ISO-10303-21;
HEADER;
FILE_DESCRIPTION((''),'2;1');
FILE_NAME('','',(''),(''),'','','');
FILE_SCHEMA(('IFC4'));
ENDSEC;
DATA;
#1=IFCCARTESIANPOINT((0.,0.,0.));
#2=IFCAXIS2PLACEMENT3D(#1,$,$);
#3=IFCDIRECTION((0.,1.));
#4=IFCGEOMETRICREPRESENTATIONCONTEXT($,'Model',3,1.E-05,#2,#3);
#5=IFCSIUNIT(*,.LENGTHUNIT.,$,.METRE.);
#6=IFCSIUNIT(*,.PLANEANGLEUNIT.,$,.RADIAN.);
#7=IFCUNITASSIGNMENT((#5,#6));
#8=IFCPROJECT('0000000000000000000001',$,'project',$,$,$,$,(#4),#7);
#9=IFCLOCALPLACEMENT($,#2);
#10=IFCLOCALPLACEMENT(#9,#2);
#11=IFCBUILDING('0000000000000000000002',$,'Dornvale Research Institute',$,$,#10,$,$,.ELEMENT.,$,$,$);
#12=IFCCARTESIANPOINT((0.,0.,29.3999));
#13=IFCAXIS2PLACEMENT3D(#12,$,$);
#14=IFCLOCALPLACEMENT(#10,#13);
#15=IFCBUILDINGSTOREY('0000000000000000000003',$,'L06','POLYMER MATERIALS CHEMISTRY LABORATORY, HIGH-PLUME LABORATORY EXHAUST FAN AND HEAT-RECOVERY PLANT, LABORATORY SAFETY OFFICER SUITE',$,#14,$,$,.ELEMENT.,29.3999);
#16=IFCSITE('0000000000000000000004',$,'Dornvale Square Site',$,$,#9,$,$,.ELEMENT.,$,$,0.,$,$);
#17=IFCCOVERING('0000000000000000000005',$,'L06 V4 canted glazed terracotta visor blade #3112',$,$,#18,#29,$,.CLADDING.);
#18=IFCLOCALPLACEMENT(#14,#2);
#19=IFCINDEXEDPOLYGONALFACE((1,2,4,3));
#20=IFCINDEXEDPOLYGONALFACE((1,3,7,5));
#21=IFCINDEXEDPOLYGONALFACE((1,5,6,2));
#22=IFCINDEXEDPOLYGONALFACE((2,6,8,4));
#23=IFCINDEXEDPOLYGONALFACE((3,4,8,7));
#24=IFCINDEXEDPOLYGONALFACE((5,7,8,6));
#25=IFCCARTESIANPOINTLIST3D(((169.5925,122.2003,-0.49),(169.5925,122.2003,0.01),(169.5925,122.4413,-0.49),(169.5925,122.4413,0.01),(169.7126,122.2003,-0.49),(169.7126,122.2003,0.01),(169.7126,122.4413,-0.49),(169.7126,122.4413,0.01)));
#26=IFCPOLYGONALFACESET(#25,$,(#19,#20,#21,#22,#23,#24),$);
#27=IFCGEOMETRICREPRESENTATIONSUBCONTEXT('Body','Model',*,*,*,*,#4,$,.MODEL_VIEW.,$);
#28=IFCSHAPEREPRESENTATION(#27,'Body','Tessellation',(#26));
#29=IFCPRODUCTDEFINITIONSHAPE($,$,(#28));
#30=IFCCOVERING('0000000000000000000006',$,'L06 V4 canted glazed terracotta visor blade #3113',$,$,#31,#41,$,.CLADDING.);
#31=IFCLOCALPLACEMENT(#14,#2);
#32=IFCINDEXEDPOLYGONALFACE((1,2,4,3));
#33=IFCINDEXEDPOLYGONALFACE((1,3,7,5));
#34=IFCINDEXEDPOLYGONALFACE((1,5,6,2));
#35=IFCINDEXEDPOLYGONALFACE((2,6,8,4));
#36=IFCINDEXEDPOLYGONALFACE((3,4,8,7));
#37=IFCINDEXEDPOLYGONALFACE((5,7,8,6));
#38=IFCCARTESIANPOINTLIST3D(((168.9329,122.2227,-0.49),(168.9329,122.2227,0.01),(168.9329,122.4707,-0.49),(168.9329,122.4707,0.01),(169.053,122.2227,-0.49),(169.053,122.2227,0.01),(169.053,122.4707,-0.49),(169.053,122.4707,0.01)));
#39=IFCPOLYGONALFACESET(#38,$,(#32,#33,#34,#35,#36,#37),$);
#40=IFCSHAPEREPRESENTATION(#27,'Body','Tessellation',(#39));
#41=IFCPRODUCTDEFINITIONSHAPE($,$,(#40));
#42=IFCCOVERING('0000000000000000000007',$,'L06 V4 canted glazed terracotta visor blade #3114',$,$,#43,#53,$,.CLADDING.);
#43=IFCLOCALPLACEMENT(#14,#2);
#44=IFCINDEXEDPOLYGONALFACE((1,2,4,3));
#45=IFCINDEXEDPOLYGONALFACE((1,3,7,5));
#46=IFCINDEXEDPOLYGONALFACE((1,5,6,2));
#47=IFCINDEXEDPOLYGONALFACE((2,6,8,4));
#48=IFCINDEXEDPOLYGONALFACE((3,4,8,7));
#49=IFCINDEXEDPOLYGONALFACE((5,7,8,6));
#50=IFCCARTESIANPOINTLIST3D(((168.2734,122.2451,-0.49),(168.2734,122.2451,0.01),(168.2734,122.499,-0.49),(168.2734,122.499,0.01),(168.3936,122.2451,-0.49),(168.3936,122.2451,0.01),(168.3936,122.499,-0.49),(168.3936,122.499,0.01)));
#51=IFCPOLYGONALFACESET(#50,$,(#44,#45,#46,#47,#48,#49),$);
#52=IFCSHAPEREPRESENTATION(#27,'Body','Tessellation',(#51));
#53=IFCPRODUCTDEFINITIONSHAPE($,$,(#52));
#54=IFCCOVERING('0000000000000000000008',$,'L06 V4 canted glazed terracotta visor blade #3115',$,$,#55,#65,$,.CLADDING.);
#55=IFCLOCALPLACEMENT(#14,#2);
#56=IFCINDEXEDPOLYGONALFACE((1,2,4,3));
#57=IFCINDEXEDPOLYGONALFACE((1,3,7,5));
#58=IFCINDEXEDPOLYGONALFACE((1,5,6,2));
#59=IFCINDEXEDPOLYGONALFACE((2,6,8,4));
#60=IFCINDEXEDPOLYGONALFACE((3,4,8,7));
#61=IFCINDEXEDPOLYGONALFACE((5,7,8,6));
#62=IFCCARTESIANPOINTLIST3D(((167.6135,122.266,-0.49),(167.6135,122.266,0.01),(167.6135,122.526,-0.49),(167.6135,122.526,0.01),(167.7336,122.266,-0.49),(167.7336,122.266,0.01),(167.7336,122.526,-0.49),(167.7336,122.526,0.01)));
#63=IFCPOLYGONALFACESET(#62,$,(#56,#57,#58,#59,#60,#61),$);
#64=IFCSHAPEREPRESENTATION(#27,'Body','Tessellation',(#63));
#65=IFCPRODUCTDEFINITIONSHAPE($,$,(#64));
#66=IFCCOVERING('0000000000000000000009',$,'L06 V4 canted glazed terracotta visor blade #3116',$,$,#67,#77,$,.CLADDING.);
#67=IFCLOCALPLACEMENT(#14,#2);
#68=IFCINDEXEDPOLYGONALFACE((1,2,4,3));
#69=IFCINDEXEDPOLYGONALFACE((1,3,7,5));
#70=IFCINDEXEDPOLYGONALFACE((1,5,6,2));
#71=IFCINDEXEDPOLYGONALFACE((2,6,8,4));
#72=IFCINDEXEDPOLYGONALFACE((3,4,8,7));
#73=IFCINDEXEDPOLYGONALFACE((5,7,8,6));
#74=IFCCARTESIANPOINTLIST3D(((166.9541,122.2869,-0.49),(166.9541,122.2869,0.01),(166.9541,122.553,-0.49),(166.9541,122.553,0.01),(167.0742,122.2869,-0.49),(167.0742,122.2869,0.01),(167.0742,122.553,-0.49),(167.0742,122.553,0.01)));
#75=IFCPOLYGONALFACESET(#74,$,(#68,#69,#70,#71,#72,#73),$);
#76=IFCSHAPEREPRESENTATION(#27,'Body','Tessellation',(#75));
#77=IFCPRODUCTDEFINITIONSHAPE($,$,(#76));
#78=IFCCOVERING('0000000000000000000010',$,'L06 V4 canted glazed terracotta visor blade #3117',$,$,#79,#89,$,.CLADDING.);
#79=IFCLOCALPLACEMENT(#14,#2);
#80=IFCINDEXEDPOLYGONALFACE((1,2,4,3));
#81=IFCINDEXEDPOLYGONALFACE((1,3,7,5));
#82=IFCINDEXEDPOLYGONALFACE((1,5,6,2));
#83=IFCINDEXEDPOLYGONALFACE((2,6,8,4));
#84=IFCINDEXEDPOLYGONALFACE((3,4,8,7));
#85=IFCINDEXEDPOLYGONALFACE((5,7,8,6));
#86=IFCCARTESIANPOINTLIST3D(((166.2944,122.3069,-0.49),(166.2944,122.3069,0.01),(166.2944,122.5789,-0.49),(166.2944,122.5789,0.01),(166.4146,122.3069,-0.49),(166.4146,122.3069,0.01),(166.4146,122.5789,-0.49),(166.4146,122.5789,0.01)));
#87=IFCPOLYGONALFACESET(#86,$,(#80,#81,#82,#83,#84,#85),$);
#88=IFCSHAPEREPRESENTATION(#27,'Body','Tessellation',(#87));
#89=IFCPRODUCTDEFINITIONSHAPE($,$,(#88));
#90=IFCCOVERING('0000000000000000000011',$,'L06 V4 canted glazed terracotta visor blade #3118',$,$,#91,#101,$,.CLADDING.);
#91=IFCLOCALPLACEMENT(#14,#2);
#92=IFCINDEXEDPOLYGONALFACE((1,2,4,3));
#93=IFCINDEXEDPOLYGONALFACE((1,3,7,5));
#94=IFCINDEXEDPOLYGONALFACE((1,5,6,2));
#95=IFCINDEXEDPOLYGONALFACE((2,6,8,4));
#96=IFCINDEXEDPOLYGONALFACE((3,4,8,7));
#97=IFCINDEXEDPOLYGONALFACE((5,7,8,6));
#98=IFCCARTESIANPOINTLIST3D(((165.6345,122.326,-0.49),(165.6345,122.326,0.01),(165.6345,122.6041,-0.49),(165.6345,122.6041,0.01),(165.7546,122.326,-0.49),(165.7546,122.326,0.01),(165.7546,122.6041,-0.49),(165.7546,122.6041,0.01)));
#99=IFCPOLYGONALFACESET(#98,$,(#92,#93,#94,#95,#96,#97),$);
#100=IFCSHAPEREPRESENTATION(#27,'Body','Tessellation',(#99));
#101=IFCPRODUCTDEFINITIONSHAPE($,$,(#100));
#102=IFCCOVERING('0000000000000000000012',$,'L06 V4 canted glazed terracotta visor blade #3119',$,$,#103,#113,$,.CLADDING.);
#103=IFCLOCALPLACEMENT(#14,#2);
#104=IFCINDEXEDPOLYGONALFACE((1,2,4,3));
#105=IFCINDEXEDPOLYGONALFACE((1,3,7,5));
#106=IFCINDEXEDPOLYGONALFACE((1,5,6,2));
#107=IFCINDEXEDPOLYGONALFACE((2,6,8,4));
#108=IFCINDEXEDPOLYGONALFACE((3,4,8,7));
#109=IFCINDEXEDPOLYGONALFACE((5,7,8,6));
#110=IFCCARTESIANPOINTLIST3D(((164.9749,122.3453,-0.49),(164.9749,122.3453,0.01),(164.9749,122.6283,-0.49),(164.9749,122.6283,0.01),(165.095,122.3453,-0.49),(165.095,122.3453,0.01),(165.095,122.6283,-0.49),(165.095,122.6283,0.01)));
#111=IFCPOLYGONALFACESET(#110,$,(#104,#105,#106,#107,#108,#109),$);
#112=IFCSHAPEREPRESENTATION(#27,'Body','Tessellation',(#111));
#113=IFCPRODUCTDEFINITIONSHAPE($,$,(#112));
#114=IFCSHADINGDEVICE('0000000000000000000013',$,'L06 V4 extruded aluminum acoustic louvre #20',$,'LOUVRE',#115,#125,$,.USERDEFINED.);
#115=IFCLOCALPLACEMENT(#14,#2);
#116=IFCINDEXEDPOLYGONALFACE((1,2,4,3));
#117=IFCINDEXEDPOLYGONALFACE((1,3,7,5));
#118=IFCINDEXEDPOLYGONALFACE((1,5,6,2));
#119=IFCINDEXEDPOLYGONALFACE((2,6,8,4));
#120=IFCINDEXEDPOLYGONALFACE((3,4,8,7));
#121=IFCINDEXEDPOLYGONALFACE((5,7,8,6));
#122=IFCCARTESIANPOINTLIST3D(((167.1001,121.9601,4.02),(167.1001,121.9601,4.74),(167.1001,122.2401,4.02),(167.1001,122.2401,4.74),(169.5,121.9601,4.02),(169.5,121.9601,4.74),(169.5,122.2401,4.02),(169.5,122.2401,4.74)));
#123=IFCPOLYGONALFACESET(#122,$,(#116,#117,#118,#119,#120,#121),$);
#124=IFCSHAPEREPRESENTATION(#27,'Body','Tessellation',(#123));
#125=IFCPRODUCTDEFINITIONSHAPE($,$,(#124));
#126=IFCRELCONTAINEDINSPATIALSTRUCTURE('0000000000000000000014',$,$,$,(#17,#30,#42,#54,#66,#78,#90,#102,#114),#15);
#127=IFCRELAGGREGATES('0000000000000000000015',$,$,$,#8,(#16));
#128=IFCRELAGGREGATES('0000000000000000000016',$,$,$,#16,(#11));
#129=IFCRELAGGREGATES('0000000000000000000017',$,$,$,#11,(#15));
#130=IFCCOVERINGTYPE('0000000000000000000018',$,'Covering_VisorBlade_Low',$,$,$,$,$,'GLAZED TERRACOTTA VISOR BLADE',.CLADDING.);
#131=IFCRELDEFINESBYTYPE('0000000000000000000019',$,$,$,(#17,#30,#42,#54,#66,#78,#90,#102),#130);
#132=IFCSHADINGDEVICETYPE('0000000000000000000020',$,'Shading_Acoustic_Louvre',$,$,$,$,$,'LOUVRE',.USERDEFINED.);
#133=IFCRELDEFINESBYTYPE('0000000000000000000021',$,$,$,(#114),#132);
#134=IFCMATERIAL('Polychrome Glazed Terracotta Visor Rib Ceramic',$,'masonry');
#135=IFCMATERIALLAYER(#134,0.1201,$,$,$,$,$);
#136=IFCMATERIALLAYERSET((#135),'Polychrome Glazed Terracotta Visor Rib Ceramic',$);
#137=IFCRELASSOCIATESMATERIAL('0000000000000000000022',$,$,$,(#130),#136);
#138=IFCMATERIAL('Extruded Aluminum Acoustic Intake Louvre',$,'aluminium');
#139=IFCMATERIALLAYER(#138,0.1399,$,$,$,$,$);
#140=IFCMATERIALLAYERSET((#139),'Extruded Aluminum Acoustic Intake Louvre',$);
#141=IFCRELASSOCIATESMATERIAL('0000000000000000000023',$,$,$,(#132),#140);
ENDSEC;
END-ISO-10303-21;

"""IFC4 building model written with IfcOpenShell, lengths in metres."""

from ifc_helpers import new_model, si_unit, direction, frame, origin, origin_2d, place, context, subcontext, project, spatial, rectangle, extrude, material, layer, layer_set, type_object, element, save


model = new_model("IFC4")

# Units and contexts
model_context = context("Model", 3, precision=1e-05, world=origin(), true_north=direction((0.0, 1.0)))
body_context = subcontext(model_context, "Body", "Model", "MODEL_VIEW")
ifc_project = project(units=[si_unit("LENGTHUNIT", "METRE"), si_unit("PLANEANGLEUNIT", "RADIAN")], contexts=[model_context])

# Site, building, storey
site_placement = place(None, origin())
site = spatial("IfcSite", under=ifc_project, at=site_placement, Name="Dornvale Square Site", CompositionType="ELEMENT", RefElevation=0.0)
building_placement = place(site_placement, origin())
building = spatial("IfcBuilding", under=site, at=building_placement, Name="Dornvale Research Institute", CompositionType="ELEMENT")
storey_placement = place(building_placement, frame((0.0, 0.0, 29.3999)))
storey = spatial("IfcBuildingStorey", under=building, at=storey_placement, Name="L06", Description="POLYMER MATERIALS CHEMISTRY LABORATORY, HIGH-PLUME LABORATORY EXHAUST FAN AND HEAT-RECOVERY PLANT, LABORATORY SAFETY OFFICER SUITE", CompositionType="ELEMENT", Elevation=29.3999)

# Coverings
ifc_material_1 = material(Name="Polychrome Glazed Terracotta Visor Rib Ceramic", Category="masonry")
ifc_layer_1 = layer(ifc_material_1, 0.1201)
ifc_layer_set_1 = layer_set([ifc_layer_1], Name="Polychrome Glazed Terracotta Visor Rib Ceramic")
covering_type = type_object("IfcCoveringType", Name="Covering_VisorBlade_Low", ElementType="GLAZED TERRACOTTA VISOR BLADE", PredefinedType="CLADDING", material=ifc_layer_set_1)
covering_1_placement = place(storey_placement, frame((169.6526, 122.3208, -0.49), z_axis=(0.0, 0.0, 1.0), x_axis=(0.0, 1.0, 0.0)))
element("IfcCovering", 1, at=covering_1_placement, inside=storey, type_object=covering_type, Name="L06 V4 canted glazed terracotta visor blade #3112", PredefinedType="CLADDING", context=body_context, shape_type="SweptSolid", body=[
    extrude(rectangle(XDim=0.241, YDim=0.1201, at=origin_2d()), origin(), (0.0, 0.0, 1.0), 0.5),
])
covering_2_placement = place(storey_placement, frame((168.9929, 122.3467, -0.49), z_axis=(0.0, 0.0, 1.0), x_axis=(0.0, 1.0, 0.0)))
element("IfcCovering", 2, at=covering_2_placement, inside=storey, type_object=covering_type, Name="L06 V4 canted glazed terracotta visor blade #3113", PredefinedType="CLADDING", context=body_context, shape_type="SweptSolid", body=[
    extrude(rectangle(XDim=0.248, YDim=0.1201, at=origin_2d()), origin(), (0.0, 0.0, 1.0), 0.5),
])
covering_3_placement = place(storey_placement, frame((168.3335, 122.3721, -0.49), z_axis=(0.0, 0.0, 1.0), x_axis=(0.0, 1.0, 0.0)))
element("IfcCovering", 3, at=covering_3_placement, inside=storey, type_object=covering_type, Name="L06 V4 canted glazed terracotta visor blade #3114", PredefinedType="CLADDING", context=body_context, shape_type="SweptSolid", body=[
    extrude(rectangle(XDim=0.2539, YDim=0.1201, at=origin_2d()), origin(), (0.0, 0.0, 1.0), 0.5),
])
covering_4_placement = place(storey_placement, frame((167.6736, 122.396, -0.49), z_axis=(0.0, 0.0, 1.0), x_axis=(0.0, 1.0, 0.0)))
element("IfcCovering", 4, at=covering_4_placement, inside=storey, type_object=covering_type, Name="L06 V4 canted glazed terracotta visor blade #3115", PredefinedType="CLADDING", context=body_context, shape_type="SweptSolid", body=[
    extrude(rectangle(XDim=0.26, YDim=0.1201, at=origin_2d()), origin(), (0.0, 0.0, 1.0), 0.5),
])
covering_5_placement = place(storey_placement, frame((167.0142, 122.4199, -0.49), z_axis=(0.0, 0.0, 1.0), x_axis=(0.0, 1.0, 0.0)))
element("IfcCovering", 5, at=covering_5_placement, inside=storey, type_object=covering_type, Name="L06 V4 canted glazed terracotta visor blade #3116", PredefinedType="CLADDING", context=body_context, shape_type="SweptSolid", body=[
    extrude(rectangle(XDim=0.2661, YDim=0.1201, at=origin_2d()), origin(), (0.0, 0.0, 1.0), 0.5),
])
covering_6_placement = place(storey_placement, frame((166.3545, 122.4429, -0.49), z_axis=(0.0, 0.0, 1.0), x_axis=(0.0, 1.0, 0.0)))
element("IfcCovering", 6, at=covering_6_placement, inside=storey, type_object=covering_type, Name="L06 V4 canted glazed terracotta visor blade #3117", PredefinedType="CLADDING", context=body_context, shape_type="SweptSolid", body=[
    extrude(rectangle(XDim=0.272, YDim=0.1201, at=origin_2d()), origin(), (0.0, 0.0, 1.0), 0.5),
])
covering_7_placement = place(storey_placement, frame((165.6946, 122.4651, -0.49), z_axis=(0.0, 0.0, 1.0), x_axis=(0.0, 1.0, 0.0)))
element("IfcCovering", 7, at=covering_7_placement, inside=storey, type_object=covering_type, Name="L06 V4 canted glazed terracotta visor blade #3118", PredefinedType="CLADDING", context=body_context, shape_type="SweptSolid", body=[
    extrude(rectangle(XDim=0.2781, YDim=0.1201, at=origin_2d()), origin(), (0.0, 0.0, 1.0), 0.5),
])
covering_8_placement = place(storey_placement, frame((165.0349, 122.4868, -0.49), z_axis=(0.0, 0.0, 1.0), x_axis=(0.0, 1.0, 0.0)))
element("IfcCovering", 8, at=covering_8_placement, inside=storey, type_object=covering_type, Name="L06 V4 canted glazed terracotta visor blade #3119", PredefinedType="CLADDING", context=body_context, shape_type="SweptSolid", body=[
    extrude(rectangle(XDim=0.283, YDim=0.1201, at=origin_2d()), origin(), (0.0, 0.0, 1.0), 0.5),
])

# Shading device
ifc_material_2 = material(Name="Extruded Aluminum Acoustic Intake Louvre", Category="aluminium")
ifc_layer_2 = layer(ifc_material_2, 0.1399)
ifc_layer_set_2 = layer_set([ifc_layer_2], Name="Extruded Aluminum Acoustic Intake Louvre")
shading_device_type = type_object("IfcShadingDeviceType", Name="Shading_Acoustic_Louvre", ElementType="LOUVRE", PredefinedType="USERDEFINED", material=ifc_layer_set_2)
shading_device_placement = place(storey_placement, frame((168.3, 122.1001, 4.02), z_axis=(0.0, 0.0, 1.0), x_axis=(1.0, 0.0, 0.0)))
element("IfcShadingDevice", 9, at=shading_device_placement, inside=storey, type_object=shading_device_type, Name="L06 V4 extruded aluminum acoustic louvre #20", ObjectType="LOUVRE", PredefinedType="USERDEFINED", context=body_context, shape_type="SweptSolid", body=[
    extrude(rectangle(XDim=2.3999, YDim=0.28, at=origin_2d()), origin(), (0.0, 0.0, 1.0), 0.72),
])

save(model, "model.ifc")
